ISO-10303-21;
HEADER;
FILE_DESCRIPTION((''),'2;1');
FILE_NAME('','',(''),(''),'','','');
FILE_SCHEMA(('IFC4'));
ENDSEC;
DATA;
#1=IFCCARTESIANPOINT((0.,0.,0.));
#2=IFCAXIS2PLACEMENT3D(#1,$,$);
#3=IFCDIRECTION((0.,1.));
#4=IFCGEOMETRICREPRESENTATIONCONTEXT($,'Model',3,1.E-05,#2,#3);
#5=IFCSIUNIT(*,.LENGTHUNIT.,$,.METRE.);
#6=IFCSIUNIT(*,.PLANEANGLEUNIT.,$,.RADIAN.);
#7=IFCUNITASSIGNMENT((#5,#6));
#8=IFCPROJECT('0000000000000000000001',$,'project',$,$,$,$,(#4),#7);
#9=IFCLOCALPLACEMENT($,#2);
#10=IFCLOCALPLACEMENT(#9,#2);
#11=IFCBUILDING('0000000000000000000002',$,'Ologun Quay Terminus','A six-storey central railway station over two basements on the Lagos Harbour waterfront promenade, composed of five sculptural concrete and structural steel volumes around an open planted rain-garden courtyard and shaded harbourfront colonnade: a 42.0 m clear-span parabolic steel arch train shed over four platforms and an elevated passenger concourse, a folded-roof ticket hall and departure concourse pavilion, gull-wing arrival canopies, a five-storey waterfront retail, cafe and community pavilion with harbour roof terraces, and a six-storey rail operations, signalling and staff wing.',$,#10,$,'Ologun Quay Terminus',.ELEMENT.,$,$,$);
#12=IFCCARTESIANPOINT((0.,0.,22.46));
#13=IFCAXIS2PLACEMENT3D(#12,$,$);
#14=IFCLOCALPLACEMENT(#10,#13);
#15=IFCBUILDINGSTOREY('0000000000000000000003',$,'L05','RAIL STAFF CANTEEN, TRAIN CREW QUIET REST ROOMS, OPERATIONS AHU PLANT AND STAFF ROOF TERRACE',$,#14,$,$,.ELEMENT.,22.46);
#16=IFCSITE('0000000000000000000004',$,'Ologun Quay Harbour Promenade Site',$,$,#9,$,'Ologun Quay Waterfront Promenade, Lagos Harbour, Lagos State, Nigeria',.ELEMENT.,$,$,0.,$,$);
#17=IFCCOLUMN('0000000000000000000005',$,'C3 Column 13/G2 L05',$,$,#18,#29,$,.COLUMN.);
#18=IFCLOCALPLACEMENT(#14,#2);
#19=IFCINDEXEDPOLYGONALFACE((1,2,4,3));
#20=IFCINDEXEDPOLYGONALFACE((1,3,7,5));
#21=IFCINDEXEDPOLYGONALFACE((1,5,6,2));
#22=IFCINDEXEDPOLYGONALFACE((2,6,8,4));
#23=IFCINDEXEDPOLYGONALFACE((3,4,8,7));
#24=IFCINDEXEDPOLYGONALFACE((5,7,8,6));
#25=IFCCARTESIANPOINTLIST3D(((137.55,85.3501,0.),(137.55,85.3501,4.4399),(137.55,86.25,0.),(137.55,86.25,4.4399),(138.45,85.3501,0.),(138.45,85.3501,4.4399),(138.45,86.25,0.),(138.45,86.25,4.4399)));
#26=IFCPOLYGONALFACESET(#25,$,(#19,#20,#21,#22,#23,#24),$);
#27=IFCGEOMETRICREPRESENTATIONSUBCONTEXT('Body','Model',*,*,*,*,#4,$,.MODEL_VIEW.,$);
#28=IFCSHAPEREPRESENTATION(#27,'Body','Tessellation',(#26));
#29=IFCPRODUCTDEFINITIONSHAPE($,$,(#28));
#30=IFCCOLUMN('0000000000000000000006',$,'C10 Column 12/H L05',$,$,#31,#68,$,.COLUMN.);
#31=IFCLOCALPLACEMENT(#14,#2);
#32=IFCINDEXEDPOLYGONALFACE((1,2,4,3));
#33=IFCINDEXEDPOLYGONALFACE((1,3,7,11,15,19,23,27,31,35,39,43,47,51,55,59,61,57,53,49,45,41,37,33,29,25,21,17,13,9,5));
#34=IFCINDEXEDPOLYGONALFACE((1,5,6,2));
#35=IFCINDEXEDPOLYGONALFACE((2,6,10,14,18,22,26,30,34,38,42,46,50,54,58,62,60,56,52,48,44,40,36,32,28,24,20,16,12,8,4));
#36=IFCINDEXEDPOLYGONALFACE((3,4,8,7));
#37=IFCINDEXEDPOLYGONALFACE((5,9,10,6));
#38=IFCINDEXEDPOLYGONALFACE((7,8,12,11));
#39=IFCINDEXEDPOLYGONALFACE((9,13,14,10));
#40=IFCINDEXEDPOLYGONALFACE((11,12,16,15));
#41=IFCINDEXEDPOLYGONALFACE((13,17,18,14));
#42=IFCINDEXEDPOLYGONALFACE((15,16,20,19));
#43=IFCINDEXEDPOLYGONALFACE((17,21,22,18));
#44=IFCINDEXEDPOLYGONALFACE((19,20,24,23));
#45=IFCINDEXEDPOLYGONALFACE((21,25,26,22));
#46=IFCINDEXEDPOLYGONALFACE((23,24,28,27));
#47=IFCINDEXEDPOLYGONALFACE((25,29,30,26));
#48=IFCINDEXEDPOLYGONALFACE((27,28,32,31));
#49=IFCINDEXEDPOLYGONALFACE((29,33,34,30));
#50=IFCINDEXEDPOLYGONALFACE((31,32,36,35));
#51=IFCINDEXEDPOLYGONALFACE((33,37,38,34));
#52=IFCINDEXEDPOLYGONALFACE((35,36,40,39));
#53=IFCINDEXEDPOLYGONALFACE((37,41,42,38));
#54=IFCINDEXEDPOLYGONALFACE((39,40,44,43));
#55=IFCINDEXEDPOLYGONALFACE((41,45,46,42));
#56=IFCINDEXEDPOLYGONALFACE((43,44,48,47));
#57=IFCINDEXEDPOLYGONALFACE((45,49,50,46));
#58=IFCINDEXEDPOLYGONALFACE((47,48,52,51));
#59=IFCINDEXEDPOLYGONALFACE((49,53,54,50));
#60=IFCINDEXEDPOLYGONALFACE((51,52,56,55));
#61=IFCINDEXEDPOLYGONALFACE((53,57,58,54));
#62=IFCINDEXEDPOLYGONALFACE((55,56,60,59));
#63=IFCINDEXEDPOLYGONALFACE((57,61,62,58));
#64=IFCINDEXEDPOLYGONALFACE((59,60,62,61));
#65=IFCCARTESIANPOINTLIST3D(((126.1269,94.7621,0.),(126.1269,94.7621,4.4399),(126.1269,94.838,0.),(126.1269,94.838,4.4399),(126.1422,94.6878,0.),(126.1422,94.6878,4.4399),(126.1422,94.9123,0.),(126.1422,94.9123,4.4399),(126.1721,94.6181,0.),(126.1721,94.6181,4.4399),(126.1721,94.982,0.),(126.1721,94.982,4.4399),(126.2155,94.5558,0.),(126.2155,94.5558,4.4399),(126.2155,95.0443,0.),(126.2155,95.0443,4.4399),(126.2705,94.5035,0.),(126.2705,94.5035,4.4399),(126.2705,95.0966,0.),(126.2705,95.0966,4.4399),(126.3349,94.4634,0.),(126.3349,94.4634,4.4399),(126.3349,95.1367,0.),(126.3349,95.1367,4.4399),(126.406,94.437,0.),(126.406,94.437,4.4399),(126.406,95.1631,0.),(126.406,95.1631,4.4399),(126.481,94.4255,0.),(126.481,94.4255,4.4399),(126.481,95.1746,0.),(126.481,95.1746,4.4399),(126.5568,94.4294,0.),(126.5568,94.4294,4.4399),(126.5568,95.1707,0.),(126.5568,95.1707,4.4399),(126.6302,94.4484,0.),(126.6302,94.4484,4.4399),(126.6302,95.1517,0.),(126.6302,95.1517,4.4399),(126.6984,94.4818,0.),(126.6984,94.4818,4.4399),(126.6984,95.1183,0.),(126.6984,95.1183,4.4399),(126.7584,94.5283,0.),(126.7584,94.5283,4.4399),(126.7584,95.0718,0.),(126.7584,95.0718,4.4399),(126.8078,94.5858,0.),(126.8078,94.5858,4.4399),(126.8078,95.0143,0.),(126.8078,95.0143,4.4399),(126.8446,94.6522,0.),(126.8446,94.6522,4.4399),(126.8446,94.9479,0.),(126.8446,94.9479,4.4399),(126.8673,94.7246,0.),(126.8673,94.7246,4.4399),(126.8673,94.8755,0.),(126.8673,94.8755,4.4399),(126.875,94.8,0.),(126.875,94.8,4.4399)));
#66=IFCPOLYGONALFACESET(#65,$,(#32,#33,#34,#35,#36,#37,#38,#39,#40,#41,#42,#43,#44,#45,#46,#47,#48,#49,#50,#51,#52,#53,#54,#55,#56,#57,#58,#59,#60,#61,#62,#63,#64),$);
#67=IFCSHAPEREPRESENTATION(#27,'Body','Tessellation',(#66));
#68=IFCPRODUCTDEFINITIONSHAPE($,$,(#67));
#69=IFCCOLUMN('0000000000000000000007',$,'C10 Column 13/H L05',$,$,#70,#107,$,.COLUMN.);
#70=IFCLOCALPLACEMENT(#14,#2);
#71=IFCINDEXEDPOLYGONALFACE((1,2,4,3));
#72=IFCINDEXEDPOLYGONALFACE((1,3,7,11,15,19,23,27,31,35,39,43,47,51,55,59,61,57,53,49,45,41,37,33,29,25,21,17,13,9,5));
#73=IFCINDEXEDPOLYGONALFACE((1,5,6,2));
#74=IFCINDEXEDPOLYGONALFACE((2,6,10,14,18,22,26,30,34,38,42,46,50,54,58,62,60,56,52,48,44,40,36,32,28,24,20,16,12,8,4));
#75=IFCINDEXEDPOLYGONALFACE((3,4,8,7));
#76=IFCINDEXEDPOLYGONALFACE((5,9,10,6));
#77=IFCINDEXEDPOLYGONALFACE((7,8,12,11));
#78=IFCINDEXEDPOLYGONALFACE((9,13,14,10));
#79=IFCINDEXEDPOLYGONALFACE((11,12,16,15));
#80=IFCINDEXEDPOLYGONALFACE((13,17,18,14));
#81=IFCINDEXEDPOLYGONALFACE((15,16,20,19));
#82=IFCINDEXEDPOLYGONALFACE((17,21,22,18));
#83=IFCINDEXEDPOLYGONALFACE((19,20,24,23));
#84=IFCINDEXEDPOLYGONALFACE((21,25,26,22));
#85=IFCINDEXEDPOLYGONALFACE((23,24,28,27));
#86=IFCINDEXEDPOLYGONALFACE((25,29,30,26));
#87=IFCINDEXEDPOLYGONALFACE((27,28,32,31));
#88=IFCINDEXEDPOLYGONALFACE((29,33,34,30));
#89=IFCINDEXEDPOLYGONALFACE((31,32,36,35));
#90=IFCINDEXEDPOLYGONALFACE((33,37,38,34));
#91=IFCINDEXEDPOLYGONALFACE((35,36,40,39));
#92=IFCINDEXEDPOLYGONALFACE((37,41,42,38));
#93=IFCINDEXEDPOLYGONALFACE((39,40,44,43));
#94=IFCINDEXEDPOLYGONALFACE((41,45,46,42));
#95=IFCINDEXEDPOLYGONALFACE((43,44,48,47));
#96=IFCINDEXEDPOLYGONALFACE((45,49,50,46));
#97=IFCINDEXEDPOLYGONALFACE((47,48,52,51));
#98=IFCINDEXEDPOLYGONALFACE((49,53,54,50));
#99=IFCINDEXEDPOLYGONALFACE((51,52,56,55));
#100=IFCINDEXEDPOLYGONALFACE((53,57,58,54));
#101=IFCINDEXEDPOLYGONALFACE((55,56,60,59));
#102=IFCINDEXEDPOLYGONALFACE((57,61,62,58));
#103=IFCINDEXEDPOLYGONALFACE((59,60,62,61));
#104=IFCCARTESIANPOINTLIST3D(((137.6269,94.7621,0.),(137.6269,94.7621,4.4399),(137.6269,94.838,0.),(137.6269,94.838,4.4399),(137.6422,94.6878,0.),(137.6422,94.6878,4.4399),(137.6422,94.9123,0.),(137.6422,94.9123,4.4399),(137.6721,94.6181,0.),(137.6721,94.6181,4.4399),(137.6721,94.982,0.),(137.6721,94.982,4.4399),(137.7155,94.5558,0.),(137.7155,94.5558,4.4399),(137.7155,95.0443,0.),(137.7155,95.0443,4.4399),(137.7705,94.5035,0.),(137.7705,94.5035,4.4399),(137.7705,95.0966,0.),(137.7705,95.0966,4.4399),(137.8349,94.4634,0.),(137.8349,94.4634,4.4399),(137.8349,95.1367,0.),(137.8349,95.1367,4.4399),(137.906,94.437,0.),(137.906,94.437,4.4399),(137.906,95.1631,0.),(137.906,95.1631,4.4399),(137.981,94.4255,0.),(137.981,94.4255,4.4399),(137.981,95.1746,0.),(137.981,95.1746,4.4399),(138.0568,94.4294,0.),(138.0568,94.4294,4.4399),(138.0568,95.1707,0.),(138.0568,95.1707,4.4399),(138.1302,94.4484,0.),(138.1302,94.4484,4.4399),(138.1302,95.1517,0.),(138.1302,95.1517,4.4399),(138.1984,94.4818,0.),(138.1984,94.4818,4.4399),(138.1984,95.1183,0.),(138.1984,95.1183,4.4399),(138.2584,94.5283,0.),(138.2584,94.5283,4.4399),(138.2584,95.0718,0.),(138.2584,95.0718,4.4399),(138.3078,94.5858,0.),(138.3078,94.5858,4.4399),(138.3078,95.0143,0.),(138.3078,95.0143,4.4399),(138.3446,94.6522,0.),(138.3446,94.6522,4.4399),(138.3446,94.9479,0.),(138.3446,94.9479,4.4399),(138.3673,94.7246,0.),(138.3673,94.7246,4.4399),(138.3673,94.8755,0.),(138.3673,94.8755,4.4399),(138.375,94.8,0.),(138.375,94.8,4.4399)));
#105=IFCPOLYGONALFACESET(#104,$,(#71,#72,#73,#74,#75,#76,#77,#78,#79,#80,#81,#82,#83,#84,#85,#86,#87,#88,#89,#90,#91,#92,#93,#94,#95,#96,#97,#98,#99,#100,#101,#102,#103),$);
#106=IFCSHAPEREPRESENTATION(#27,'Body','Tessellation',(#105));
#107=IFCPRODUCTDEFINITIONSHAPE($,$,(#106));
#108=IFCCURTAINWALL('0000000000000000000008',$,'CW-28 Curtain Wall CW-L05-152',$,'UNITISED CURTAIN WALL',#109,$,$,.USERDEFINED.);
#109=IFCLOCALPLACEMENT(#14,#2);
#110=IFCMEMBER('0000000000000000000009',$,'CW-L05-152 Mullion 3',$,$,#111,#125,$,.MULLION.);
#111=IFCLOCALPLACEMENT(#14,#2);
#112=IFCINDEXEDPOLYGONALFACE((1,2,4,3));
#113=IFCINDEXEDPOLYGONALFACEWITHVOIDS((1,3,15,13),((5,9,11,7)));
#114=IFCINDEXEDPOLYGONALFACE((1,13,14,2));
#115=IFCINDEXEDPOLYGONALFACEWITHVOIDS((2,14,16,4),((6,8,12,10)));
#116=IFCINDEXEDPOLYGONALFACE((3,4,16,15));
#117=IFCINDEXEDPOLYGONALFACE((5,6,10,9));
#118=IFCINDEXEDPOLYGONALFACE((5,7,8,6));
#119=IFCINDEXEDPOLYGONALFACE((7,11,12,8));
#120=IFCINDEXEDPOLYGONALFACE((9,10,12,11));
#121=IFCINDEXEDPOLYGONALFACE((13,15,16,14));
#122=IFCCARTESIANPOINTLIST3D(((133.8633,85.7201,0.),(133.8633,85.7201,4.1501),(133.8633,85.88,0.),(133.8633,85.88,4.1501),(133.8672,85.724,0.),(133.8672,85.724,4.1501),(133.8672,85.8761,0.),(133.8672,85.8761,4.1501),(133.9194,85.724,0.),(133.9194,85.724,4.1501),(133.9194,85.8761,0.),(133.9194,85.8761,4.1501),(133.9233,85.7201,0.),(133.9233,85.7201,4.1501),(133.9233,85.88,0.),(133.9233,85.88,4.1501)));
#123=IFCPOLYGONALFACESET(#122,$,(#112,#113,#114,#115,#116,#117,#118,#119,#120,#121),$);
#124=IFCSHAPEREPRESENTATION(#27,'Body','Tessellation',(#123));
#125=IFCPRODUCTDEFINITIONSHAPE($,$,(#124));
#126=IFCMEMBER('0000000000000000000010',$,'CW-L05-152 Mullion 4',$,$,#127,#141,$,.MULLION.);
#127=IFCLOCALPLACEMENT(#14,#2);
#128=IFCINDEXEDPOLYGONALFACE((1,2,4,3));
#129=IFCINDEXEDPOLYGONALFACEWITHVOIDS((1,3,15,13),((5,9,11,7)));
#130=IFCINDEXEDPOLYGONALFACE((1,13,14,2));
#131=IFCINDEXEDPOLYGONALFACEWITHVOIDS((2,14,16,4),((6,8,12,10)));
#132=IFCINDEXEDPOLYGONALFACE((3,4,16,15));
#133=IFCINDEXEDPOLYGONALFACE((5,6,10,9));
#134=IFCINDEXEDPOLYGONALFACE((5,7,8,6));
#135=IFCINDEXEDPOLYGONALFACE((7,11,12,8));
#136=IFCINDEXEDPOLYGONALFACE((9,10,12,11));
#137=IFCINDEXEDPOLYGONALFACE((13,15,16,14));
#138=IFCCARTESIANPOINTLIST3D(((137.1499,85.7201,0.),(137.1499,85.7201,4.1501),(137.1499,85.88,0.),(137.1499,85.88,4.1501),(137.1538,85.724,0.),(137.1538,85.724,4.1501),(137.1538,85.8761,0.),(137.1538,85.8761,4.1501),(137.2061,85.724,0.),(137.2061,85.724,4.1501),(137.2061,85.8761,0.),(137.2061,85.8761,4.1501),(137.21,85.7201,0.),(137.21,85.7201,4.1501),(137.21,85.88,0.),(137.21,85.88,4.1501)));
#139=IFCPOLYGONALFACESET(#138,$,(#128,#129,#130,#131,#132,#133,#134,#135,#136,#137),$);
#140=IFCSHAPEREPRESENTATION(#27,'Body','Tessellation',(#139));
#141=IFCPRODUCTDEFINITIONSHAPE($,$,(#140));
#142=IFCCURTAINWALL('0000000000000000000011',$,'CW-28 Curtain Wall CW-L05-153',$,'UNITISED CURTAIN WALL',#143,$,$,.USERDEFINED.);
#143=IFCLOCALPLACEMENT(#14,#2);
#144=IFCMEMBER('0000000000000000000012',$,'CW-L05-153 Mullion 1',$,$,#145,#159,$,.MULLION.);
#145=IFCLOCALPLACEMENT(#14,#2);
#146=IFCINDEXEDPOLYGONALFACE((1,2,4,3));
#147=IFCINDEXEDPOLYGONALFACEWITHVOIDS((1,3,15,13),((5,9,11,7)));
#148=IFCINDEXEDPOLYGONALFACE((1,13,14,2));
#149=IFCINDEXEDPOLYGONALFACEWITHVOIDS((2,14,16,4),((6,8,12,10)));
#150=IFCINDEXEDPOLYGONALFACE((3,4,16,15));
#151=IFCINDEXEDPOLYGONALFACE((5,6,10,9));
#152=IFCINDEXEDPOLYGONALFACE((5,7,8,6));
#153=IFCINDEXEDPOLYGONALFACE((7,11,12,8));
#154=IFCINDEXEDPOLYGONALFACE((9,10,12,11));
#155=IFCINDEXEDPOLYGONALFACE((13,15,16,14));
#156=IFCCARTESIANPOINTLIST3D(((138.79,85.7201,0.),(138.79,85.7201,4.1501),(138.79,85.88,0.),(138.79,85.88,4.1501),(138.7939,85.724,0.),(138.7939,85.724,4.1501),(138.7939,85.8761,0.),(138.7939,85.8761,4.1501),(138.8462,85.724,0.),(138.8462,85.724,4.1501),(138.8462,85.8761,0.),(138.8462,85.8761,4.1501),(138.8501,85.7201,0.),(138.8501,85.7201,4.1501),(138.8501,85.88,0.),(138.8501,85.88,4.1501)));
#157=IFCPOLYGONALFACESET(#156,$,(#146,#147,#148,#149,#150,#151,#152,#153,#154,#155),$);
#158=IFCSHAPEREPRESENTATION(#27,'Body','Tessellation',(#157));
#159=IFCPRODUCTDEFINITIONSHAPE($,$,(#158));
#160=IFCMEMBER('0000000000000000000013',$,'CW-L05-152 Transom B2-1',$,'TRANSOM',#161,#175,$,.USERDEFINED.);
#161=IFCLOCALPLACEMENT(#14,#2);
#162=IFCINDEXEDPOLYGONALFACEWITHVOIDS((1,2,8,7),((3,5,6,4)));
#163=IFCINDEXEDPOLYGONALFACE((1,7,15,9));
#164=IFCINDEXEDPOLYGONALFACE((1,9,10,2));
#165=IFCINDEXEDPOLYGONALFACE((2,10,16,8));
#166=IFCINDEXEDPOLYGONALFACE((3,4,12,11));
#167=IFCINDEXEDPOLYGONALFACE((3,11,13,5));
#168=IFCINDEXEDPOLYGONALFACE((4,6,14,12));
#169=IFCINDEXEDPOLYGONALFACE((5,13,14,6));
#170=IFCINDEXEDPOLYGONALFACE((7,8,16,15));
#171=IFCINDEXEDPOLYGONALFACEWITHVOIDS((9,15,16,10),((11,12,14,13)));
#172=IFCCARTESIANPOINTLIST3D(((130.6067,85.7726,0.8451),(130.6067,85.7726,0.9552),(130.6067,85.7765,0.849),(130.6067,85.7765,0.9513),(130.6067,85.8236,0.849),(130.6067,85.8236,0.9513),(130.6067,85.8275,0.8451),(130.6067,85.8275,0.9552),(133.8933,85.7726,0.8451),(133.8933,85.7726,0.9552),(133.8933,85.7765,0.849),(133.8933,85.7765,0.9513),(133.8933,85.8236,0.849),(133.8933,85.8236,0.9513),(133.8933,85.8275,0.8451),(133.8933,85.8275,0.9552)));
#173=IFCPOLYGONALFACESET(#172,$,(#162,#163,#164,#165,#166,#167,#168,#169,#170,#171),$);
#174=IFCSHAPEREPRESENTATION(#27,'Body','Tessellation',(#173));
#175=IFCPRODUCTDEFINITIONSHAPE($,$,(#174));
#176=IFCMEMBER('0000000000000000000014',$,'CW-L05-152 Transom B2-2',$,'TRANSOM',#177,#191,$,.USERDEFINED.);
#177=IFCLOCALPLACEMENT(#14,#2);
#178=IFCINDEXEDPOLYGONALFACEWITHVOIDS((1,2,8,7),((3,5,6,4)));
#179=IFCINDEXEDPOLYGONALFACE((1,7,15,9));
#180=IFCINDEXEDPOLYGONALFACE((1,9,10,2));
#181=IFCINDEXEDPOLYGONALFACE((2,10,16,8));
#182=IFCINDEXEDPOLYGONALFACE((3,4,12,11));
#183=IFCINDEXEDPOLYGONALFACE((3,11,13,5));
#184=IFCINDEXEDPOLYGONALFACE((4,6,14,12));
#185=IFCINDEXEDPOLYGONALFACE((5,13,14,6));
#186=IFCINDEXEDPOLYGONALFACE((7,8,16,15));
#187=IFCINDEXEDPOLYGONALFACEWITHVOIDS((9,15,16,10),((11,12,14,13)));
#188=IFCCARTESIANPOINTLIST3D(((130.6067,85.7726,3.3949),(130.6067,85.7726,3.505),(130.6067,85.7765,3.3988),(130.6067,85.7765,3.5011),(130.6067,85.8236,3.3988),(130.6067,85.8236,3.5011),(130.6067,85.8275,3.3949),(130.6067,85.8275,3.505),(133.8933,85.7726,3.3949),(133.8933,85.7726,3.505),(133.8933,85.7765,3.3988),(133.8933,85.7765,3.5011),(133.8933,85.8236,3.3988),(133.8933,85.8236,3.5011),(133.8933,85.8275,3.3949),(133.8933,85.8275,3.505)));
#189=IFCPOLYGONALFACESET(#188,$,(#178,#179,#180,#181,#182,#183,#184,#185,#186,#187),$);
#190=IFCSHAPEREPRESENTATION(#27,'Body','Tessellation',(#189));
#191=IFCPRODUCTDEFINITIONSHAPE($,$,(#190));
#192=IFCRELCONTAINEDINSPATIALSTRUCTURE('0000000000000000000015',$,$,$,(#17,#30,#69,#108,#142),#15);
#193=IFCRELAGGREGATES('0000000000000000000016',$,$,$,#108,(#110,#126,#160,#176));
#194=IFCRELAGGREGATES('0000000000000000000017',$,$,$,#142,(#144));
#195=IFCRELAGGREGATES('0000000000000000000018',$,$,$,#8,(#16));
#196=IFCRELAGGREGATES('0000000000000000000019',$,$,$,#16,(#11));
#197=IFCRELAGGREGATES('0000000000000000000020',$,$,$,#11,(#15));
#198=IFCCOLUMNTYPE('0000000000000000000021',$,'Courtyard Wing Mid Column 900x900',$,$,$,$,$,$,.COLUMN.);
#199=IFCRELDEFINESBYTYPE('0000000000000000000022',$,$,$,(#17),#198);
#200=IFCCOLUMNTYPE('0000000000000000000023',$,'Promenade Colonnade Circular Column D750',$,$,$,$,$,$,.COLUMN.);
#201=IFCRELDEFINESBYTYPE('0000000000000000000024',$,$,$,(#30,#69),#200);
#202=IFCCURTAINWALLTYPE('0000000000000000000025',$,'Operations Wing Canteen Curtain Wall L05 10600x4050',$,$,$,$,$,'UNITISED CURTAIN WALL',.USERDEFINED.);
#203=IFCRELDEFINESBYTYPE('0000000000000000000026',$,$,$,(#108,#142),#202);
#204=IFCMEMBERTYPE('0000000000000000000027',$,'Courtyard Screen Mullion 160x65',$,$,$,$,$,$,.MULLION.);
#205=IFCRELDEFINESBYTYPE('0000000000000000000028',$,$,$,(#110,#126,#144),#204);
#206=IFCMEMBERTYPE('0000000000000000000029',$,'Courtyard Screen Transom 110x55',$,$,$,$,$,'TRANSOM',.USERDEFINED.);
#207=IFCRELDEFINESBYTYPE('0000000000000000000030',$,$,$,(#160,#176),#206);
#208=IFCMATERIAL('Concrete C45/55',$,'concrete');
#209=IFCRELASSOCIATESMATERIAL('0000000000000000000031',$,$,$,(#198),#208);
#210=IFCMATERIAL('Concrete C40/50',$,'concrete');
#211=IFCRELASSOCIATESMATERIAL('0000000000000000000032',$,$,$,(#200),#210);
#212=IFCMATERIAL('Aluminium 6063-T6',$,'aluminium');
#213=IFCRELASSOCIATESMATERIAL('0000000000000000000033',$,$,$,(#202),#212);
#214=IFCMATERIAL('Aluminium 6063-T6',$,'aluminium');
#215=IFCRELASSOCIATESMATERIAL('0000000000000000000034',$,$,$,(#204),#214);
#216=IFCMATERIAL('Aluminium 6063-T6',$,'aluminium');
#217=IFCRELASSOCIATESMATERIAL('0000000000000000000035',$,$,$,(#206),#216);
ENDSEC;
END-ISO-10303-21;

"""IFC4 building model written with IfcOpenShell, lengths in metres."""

from ifc_helpers import new_model, si_unit, direction, frame, origin, origin_2d, place, context, subcontext, project, spatial, rectangle, hollow_rectangle, circle, extrude, material, material_profile, profile_set, type_object, element, aggregate, save


model = new_model("IFC4")

# Units and contexts
model_context = context("Model", 3, precision=1e-05, world=origin(), true_north=direction((0.0, 1.0)))
body_context = subcontext(model_context, "Body", "Model", "MODEL_VIEW")
ifc_project = project(units=[si_unit("LENGTHUNIT", "METRE"), si_unit("PLANEANGLEUNIT", "RADIAN")], contexts=[model_context])

# Site, building, storey
site_placement = place(None, origin())
site = spatial("IfcSite", under=ifc_project, at=site_placement, Name="Ologun Quay Harbour Promenade Site", LongName="Ologun Quay Waterfront Promenade, Lagos Harbour, Lagos State, Nigeria", CompositionType="ELEMENT", RefElevation=0.0)
building_placement = place(site_placement, origin())
building = spatial("IfcBuilding", under=site, at=building_placement, Name="Ologun Quay Terminus", Description="A six-storey central railway station over two basements on the Lagos Harbour waterfront promenade, composed of five sculptural concrete and structural steel volumes around an open planted rain-garden courtyard and shaded harbourfront colonnade: a 42.0 m clear-span parabolic steel arch train shed over four platforms and an elevated passenger concourse, a folded-roof ticket hall and departure concourse pavilion, gull-wing arrival canopies, a five-storey waterfront retail, cafe and community pavilion with harbour roof terraces, and a six-storey rail operations, signalling and staff wing.", LongName="Ologun Quay Terminus", CompositionType="ELEMENT")
storey_placement = place(building_placement, frame((0.0, 0.0, 22.46)))
storey = spatial("IfcBuildingStorey", under=building, at=storey_placement, Name="L05", Description="RAIL STAFF CANTEEN, TRAIN CREW QUIET REST ROOMS, OPERATIONS AHU PLANT AND STAFF ROOF TERRACE", CompositionType="ELEMENT", Elevation=22.46)

# Columns
ifc_material_1 = material(Name="Concrete C45/55", Category="concrete")
ifc_material_profile_1 = material_profile(ifc_material_1, rectangle(XDim=0.8999, YDim=0.8999, at=origin_2d()), Name="RC 900x900")
ifc_profile_set_1 = profile_set([ifc_material_profile_1], Name="Concrete C45/55")
column_type_1 = type_object("IfcColumnType", Name="Courtyard Wing Mid Column 900x900", PredefinedType="COLUMN", material=ifc_profile_set_1)
column_placement = place(storey_placement, frame((138.0, 85.8, 0.0), z_axis=(0.0, 0.0, 1.0), x_axis=(1.0, 0.0, 0.0)))
element("IfcColumn", 1, at=column_placement, inside=storey, type_object=column_type_1, Name="C3 Column 13/G2 L05", PredefinedType="COLUMN", context=body_context, shape_type="SweptSolid", body=[
    extrude(rectangle(XDim=0.8999, YDim=0.8999, at=origin_2d()), origin(), (0.0, 0.0, 1.0), 4.4399),
])
ifc_material_2 = material(Name="Concrete C40/50", Category="concrete")
ifc_material_profile_2 = material_profile(ifc_material_2, circle(Radius=0.375, at=origin_2d()), Name="RC D750")
ifc_profile_set_2 = profile_set([ifc_material_profile_2], Name="Concrete C40/50")
column_type_2 = type_object("IfcColumnType", Name="Promenade Colonnade Circular Column D750", PredefinedType="COLUMN", material=ifc_profile_set_2)
for number, where, z_axis, x_axis, name in (
    (2, (126.5, 94.8, 0.0), (0.0, 0.0, 1.0), (1.0, 0.0, 0.0), "C10 Column 12/H L05"),
    (3, (138.0, 94.8, 0.0), (0.0, 0.0, 1.0), (1.0, 0.0, 0.0), "C10 Column 13/H L05"),
):
    element("IfcColumn", number, at=place(storey_placement, frame(where, z_axis=z_axis, x_axis=x_axis)), inside=storey, type_object=column_type_2, Name=name, PredefinedType="COLUMN", context=body_context, shape_type="SweptSolid", body=[
        extrude(circle(Radius=0.375, at=origin_2d()), origin(), (0.0, 0.0, 1.0), 4.4399),
    ])

# Curtain wall, members
ifc_material_3 = material(Name="Aluminium 6063-T6", Category="aluminium")
curtain_wall_type = type_object("IfcCurtainWallType", Name="Operations Wing Canteen Curtain Wall L05 10600x4050", ElementType="UNITISED CURTAIN WALL", PredefinedType="USERDEFINED", material=ifc_material_3)
curtain_wall_1_placement = place(storey_placement, origin())
curtain_wall_1 = element("IfcCurtainWall", 4, at=curtain_wall_1_placement, inside=storey, type_object=curtain_wall_type, Name="CW-28 Curtain Wall CW-L05-152", ObjectType="UNITISED CURTAIN WALL", PredefinedType="USERDEFINED")
ifc_material_4 = material(Name="Aluminium 6063-T6", Category="aluminium")
ifc_material_profile_3 = material_profile(ifc_material_4, hollow_rectangle(XDim=0.0601, YDim=0.1599, WallThickness=0.0039, at=origin_2d()), Name="ALU 160x60x4")
ifc_profile_set_3 = profile_set([ifc_material_profile_3], Name="Aluminium 6063-T6")
member_type_1 = type_object("IfcMemberType", Name="Courtyard Screen Mullion 160x65", PredefinedType="MULLION", material=ifc_profile_set_3)
member_1_placement = place(storey_placement, frame((133.8933, 85.8, 0.0), z_axis=(0.0, 0.0, 1.0), x_axis=(1.0, 0.0, 0.0)))
member_1 = element("IfcMember", 5, at=member_1_placement, type_object=member_type_1, Name="CW-L05-152 Mullion 3", PredefinedType="MULLION", context=body_context, shape_type="SweptSolid", body=[
    extrude(hollow_rectangle(XDim=0.0601, YDim=0.1599, WallThickness=0.0039, at=origin_2d()), origin(), (0.0, 0.0, 1.0), 4.1501),
])
member_2_placement = place(storey_placement, frame((137.1799, 85.8, 0.0), z_axis=(0.0, 0.0, 1.0), x_axis=(1.0, 0.0, 0.0)))
member_2 = element("IfcMember", 6, at=member_2_placement, type_object=member_type_1, Name="CW-L05-152 Mullion 4", PredefinedType="MULLION", context=body_context, shape_type="SweptSolid", body=[
    extrude(hollow_rectangle(XDim=0.0601, YDim=0.1599, WallThickness=0.0039, at=origin_2d()), origin(), (0.0, 0.0, 1.0), 4.1501),
])

# Curtain wall, member
curtain_wall_2_placement = place(storey_placement, origin())
curtain_wall_2 = element("IfcCurtainWall", 7, at=curtain_wall_2_placement, inside=storey, type_object=curtain_wall_type, Name="CW-28 Curtain Wall CW-L05-153", ObjectType="UNITISED CURTAIN WALL", PredefinedType="USERDEFINED")
member_3_placement = place(storey_placement, frame((138.8201, 85.8, 0.0), z_axis=(0.0, 0.0, 1.0), x_axis=(1.0, 0.0, 0.0)))
member_3 = element("IfcMember", 8, at=member_3_placement, type_object=member_type_1, Name="CW-L05-153 Mullion 1", PredefinedType="MULLION", context=body_context, shape_type="SweptSolid", body=[
    extrude(hollow_rectangle(XDim=0.0601, YDim=0.1599, WallThickness=0.0039, at=origin_2d()), origin(), (0.0, 0.0, 1.0), 4.1501),
])

# Members
ifc_material_5 = material(Name="Aluminium 6063-T6", Category="aluminium")
ifc_material_profile_4 = material_profile(ifc_material_5, hollow_rectangle(XDim=0.0549, YDim=0.1101, WallThickness=0.0039, at=origin_2d()), Name="ALU 110x55x4")
ifc_profile_set_4 = profile_set([ifc_material_profile_4], Name="Aluminium 6063-T6")
member_type_2 = type_object("IfcMemberType", Name="Courtyard Screen Transom 110x55", ElementType="TRANSOM", PredefinedType="USERDEFINED", material=ifc_profile_set_4)
member_4_placement = place(storey_placement, frame((130.6067, 85.8, 0.9001), z_axis=(1.0, 0.0, 0.0), x_axis=(0.0, 1.0, 0.0)))
member_4 = element("IfcMember", 9, at=member_4_placement, type_object=member_type_2, Name="CW-L05-152 Transom B2-1", ObjectType="TRANSOM", PredefinedType="USERDEFINED", context=body_context, shape_type="SweptSolid", body=[
    extrude(hollow_rectangle(XDim=0.0549, YDim=0.1101, WallThickness=0.0039, at=origin_2d()), origin(), (0.0, 0.0, 1.0), 3.2866),
])
member_5_placement = place(storey_placement, frame((130.6067, 85.8, 3.45), z_axis=(1.0, 0.0, 0.0), x_axis=(0.0, 1.0, 0.0)))
member_5 = element("IfcMember", 10, at=member_5_placement, type_object=member_type_2, Name="CW-L05-152 Transom B2-2", ObjectType="TRANSOM", PredefinedType="USERDEFINED", context=body_context, shape_type="SweptSolid", body=[
    extrude(hollow_rectangle(XDim=0.0549, YDim=0.1101, WallThickness=0.0039, at=origin_2d()), origin(), (0.0, 0.0, 1.0), 3.2866),
])

aggregate(curtain_wall_1, [member_1, member_2, member_4, member_5])
aggregate(curtain_wall_2, [member_3])

save(model, "model.ifc")
